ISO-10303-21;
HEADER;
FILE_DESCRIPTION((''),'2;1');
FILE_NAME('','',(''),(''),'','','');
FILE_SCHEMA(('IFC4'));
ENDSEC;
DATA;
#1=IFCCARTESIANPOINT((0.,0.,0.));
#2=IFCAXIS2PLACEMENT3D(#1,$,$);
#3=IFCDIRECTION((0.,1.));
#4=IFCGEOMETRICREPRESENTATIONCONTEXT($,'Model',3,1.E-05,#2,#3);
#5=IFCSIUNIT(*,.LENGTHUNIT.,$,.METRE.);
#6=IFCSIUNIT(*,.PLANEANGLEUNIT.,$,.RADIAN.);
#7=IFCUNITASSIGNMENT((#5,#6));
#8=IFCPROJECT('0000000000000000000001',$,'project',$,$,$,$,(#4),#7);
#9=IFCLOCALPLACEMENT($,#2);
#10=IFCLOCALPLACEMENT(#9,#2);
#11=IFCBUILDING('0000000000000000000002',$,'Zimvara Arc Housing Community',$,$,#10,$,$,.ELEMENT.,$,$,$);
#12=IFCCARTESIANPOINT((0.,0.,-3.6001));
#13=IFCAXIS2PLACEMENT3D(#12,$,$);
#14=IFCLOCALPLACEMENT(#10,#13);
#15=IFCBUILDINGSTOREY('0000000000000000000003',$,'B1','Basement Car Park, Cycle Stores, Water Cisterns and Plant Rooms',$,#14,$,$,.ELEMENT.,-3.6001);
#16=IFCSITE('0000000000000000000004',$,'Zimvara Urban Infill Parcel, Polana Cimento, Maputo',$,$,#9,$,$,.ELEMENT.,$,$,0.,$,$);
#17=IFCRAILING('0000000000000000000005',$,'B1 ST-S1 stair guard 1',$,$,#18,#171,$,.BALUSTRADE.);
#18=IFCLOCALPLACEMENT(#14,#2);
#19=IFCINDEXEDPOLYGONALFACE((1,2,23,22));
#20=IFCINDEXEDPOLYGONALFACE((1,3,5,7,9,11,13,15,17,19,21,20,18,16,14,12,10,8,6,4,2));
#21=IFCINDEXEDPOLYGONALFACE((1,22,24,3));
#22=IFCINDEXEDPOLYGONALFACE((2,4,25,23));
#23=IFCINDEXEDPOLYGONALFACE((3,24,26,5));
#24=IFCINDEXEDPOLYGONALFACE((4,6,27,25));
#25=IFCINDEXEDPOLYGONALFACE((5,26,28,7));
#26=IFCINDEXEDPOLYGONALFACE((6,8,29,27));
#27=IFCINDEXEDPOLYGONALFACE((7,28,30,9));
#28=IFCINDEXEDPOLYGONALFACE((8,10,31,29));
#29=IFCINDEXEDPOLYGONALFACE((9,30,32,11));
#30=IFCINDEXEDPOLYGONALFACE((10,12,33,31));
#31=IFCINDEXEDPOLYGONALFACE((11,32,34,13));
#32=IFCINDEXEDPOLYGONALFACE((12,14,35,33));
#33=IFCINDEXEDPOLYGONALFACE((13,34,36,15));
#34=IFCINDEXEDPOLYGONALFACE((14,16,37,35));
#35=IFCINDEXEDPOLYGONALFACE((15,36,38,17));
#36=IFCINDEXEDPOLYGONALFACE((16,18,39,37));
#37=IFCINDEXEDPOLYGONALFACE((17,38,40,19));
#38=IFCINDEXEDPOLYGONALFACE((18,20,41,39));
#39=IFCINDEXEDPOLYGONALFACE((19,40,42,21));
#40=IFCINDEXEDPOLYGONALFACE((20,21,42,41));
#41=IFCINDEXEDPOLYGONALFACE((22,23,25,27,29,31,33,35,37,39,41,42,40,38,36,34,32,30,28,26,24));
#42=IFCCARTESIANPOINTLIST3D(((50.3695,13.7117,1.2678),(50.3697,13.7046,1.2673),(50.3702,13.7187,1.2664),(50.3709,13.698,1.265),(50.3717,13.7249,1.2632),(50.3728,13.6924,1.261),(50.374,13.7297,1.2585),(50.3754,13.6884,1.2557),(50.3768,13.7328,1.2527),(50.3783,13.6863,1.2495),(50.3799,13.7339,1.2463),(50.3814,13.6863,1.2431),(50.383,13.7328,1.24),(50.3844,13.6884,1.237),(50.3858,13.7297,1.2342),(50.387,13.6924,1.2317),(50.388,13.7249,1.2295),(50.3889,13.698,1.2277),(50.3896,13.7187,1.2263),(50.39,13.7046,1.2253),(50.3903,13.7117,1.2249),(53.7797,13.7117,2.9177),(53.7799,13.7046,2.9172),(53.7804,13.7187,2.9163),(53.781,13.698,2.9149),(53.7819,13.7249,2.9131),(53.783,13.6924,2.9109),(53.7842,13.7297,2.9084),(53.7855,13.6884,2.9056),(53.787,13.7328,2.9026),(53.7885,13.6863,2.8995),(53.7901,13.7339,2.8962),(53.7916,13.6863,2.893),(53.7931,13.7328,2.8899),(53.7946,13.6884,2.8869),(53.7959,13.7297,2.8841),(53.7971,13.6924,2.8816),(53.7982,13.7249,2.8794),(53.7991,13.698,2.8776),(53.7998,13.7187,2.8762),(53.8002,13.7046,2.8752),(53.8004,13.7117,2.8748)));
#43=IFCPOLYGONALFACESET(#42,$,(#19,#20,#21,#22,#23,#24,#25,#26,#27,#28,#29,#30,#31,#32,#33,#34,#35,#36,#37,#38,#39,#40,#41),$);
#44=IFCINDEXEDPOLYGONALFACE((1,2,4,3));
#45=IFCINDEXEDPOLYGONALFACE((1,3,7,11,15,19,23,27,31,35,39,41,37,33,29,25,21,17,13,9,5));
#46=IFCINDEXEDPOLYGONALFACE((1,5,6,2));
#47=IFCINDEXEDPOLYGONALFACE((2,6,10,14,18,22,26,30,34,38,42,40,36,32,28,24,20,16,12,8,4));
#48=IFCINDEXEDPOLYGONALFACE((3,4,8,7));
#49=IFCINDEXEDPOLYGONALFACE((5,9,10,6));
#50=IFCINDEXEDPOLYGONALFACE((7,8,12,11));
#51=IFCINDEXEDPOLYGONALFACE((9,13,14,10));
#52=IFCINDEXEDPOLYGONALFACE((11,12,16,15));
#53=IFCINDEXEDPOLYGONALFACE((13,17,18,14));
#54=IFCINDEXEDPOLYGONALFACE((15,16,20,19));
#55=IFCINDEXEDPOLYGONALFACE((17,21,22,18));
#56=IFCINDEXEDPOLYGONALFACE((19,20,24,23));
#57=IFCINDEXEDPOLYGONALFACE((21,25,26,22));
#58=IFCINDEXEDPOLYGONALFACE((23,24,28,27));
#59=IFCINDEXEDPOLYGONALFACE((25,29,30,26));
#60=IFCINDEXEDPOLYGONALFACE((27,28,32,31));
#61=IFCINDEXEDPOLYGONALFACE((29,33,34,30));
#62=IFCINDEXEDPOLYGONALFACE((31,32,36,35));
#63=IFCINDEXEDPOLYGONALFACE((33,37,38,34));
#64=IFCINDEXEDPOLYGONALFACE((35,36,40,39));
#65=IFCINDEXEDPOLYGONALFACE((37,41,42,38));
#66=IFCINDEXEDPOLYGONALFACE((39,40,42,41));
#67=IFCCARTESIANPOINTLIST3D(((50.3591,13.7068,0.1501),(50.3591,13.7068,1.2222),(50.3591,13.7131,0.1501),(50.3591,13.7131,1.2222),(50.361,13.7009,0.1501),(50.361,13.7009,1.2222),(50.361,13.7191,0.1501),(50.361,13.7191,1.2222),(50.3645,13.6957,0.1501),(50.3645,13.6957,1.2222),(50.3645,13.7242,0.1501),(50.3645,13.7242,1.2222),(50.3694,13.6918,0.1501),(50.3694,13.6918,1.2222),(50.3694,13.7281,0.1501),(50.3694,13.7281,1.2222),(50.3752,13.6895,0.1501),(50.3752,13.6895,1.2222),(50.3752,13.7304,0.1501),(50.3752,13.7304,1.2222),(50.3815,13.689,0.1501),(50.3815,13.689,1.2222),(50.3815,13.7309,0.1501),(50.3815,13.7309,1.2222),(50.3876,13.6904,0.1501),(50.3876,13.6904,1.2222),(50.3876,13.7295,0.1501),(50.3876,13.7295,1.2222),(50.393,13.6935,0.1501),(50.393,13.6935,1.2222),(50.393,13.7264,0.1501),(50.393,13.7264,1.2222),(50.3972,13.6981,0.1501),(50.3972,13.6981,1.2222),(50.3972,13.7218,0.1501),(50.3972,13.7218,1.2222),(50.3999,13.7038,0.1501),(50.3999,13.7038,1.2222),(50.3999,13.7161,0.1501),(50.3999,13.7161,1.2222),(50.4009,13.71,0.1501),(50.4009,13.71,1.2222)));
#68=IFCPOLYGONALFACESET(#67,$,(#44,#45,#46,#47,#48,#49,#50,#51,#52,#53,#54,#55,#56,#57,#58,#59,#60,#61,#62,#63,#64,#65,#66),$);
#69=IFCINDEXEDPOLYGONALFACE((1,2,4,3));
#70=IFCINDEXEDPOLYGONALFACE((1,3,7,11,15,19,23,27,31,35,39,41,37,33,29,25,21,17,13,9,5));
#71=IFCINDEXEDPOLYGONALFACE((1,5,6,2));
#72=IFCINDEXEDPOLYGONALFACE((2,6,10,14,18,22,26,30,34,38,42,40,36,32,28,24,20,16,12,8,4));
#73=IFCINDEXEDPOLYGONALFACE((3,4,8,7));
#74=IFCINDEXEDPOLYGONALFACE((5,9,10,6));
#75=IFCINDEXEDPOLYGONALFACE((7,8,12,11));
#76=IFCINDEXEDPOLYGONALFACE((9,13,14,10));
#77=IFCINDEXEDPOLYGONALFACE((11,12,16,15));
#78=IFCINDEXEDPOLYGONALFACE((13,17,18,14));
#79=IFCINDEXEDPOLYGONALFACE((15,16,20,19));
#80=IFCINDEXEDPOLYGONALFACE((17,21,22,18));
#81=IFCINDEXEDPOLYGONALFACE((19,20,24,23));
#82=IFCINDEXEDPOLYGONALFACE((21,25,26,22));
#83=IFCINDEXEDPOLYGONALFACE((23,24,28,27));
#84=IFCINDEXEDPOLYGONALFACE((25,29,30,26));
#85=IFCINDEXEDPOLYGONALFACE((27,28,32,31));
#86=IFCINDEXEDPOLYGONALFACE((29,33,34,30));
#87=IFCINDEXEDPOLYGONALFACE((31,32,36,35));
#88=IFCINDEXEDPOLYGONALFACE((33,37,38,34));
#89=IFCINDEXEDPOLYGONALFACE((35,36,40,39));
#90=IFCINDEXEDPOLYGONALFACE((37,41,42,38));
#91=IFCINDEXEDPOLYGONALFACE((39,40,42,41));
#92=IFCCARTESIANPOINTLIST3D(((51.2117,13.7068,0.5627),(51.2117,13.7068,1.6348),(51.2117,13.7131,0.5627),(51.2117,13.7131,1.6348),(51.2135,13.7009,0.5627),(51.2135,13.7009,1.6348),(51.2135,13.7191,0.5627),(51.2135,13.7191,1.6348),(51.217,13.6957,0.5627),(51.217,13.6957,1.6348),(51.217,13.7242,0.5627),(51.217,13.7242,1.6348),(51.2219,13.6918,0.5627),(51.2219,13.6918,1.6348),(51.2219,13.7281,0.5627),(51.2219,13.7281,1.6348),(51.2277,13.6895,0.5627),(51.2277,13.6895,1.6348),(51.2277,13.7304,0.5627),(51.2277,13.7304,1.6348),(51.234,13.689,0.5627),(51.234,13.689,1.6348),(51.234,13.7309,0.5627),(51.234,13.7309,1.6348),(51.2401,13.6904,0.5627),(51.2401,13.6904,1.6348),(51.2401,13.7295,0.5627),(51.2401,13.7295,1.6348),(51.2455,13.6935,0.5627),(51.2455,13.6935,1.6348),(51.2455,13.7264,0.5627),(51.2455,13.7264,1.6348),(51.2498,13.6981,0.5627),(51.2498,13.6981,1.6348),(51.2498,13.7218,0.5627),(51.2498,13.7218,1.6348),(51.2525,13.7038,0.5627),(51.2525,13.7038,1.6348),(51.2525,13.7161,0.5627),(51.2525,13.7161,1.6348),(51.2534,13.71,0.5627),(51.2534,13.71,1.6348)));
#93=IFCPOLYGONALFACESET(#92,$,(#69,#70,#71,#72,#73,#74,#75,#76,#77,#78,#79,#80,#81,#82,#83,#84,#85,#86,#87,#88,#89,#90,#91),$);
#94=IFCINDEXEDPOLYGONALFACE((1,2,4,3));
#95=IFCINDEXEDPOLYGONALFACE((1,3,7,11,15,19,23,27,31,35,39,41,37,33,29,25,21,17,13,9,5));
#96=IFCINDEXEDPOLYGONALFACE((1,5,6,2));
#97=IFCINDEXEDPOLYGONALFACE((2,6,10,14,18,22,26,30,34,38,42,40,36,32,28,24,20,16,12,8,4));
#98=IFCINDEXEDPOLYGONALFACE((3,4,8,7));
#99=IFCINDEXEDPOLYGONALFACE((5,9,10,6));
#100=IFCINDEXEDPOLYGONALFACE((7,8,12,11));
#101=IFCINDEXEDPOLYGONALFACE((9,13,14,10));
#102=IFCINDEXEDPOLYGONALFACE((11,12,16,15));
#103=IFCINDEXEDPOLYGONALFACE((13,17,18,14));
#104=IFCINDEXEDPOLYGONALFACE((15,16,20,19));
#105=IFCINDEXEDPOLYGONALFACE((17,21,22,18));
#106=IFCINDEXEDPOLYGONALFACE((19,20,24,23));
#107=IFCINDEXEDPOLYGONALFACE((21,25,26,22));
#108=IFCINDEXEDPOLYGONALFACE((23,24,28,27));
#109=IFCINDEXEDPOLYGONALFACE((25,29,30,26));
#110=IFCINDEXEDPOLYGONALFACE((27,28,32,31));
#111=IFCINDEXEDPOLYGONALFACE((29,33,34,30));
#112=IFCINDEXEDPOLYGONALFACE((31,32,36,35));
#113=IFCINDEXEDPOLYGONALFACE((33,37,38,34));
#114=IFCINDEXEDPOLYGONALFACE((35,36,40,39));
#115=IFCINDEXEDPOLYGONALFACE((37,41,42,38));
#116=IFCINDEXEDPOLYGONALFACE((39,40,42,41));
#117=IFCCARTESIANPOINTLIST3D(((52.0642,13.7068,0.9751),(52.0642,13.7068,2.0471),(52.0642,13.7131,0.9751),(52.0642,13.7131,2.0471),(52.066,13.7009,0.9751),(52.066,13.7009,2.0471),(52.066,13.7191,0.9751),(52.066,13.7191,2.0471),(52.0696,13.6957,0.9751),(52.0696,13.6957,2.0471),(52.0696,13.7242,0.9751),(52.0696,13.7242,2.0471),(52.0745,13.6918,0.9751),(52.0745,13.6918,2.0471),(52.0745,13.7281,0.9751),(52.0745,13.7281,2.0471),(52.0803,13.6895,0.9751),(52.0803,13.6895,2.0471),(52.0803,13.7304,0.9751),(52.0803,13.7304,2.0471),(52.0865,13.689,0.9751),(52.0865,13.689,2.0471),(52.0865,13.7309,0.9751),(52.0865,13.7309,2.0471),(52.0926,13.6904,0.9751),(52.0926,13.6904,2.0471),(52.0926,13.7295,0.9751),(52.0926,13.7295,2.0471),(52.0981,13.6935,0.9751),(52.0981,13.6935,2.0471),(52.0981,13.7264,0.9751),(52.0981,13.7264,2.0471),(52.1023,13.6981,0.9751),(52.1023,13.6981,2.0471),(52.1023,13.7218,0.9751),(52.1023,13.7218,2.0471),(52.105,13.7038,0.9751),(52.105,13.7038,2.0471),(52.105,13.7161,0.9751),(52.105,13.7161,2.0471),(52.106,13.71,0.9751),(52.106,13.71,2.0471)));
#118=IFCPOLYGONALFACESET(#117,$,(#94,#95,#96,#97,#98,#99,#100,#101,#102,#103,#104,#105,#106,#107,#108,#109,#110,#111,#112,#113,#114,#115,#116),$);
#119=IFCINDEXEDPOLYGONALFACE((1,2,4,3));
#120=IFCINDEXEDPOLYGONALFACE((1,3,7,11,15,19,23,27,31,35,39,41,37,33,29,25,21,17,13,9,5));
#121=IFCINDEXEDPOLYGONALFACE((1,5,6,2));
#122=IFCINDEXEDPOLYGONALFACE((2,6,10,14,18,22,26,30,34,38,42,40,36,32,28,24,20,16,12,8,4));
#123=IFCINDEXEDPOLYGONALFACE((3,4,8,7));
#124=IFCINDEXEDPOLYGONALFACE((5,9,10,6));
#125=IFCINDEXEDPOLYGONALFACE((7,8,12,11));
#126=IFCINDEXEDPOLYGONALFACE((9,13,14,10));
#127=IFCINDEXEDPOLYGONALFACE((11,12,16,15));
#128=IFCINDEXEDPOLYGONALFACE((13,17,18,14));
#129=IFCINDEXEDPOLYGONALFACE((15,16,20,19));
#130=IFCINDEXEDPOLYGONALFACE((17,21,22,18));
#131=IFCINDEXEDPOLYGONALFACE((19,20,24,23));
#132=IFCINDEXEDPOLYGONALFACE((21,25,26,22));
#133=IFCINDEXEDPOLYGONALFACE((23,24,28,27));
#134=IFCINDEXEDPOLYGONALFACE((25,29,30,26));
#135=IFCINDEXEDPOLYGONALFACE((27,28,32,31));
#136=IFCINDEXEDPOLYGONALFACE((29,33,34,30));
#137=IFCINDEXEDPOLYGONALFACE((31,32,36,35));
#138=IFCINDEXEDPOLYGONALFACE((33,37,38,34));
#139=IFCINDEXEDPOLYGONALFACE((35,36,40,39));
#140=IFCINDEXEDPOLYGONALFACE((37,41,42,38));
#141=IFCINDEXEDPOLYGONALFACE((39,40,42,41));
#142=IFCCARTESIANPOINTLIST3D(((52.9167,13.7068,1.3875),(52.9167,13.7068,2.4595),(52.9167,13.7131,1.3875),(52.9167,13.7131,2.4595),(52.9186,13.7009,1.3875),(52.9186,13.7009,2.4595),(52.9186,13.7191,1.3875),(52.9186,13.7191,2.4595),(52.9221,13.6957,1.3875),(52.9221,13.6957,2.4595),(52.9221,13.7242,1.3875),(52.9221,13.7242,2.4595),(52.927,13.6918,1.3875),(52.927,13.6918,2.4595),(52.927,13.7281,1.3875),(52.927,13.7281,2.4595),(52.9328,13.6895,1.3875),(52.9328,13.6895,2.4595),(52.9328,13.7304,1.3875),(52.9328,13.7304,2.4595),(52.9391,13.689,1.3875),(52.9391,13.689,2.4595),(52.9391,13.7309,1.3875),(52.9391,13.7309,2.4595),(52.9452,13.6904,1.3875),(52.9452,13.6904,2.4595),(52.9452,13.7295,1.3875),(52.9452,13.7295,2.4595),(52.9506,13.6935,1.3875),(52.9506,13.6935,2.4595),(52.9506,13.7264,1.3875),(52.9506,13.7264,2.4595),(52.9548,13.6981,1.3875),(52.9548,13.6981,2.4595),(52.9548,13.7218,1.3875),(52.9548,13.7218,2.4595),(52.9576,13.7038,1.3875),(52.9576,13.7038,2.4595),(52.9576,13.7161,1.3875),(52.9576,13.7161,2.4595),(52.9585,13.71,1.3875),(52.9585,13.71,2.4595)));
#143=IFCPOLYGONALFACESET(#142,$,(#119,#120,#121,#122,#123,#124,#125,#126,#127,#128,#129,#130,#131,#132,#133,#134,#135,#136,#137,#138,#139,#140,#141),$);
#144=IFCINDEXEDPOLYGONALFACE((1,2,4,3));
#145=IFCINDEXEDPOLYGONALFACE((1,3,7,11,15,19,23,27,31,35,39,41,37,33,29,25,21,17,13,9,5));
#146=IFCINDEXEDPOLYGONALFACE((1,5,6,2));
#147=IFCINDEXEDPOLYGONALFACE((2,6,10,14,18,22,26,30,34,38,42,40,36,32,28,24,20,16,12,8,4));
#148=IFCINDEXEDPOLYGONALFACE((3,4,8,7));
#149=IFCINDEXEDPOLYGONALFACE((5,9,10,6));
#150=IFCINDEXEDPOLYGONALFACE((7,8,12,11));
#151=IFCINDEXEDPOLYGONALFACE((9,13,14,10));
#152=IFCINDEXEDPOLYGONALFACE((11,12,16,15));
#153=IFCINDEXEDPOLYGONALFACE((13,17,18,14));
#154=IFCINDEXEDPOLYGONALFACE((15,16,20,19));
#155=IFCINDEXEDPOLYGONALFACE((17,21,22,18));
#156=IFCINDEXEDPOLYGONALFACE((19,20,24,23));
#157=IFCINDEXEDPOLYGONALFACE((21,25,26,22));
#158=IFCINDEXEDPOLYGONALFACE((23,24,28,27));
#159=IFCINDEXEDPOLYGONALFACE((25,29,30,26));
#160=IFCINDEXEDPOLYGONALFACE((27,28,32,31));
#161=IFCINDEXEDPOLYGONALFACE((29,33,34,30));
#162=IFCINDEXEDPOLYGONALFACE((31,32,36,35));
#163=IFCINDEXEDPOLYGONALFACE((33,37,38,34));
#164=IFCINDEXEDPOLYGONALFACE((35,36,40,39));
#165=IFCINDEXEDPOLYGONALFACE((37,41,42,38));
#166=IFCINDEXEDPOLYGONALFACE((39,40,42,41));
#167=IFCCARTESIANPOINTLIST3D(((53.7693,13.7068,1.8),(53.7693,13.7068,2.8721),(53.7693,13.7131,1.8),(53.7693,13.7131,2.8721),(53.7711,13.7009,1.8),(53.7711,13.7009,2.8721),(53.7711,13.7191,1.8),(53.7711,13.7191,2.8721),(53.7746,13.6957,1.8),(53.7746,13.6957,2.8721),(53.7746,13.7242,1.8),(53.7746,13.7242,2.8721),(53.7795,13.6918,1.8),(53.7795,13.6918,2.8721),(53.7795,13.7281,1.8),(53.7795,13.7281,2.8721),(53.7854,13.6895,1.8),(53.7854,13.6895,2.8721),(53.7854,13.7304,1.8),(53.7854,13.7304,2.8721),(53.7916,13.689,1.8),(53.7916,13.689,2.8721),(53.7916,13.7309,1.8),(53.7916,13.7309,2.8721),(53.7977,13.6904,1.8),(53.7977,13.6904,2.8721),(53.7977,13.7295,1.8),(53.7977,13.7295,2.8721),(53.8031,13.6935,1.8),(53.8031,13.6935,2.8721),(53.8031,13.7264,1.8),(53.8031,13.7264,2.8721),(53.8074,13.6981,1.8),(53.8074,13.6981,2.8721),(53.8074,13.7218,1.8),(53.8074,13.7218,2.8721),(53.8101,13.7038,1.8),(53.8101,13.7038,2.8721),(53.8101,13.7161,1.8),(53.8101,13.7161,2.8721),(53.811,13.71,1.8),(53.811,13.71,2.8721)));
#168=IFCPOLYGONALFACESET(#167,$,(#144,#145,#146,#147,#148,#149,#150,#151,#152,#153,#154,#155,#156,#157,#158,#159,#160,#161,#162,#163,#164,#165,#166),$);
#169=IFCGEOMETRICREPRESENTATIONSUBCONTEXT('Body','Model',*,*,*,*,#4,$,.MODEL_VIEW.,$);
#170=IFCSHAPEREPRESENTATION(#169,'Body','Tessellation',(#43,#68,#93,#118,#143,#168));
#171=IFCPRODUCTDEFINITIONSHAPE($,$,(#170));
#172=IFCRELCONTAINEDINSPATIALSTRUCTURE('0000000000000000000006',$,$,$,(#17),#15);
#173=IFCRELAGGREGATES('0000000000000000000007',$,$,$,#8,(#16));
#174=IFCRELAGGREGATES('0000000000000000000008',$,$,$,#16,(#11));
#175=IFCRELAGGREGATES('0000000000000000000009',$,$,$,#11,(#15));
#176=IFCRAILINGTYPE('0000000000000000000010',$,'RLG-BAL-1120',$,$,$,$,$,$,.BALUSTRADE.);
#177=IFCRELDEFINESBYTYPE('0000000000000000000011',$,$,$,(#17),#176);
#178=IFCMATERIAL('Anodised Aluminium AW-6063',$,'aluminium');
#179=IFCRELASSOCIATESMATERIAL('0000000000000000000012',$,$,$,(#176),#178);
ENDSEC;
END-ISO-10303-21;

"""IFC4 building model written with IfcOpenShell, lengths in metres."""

from ifc_helpers import new_model, si_unit, direction, frame, origin, origin_2d, place, context, subcontext, project, spatial, circle, extrude, material, type_object, element, save


model = new_model("IFC4")

# Units and contexts
model_context = context("Model", 3, precision=1e-05, world=origin(), true_north=direction((0.0, 1.0)))
body_context = subcontext(model_context, "Body", "Model", "MODEL_VIEW")
ifc_project = project(units=[si_unit("LENGTHUNIT", "METRE"), si_unit("PLANEANGLEUNIT", "RADIAN")], contexts=[model_context])

# Site, building, storey
site_placement = place(None, origin())
site = spatial("IfcSite", under=ifc_project, at=site_placement, Name="Zimvara Urban Infill Parcel, Polana Cimento, Maputo", CompositionType="ELEMENT", RefElevation=0.0)
building_placement = place(site_placement, origin())
building = spatial("IfcBuilding", under=site, at=building_placement, Name="Zimvara Arc Housing Community", CompositionType="ELEMENT")
storey_placement = place(building_placement, frame((0.0, 0.0, -3.6001)))
storey = spatial("IfcBuildingStorey", under=building, at=storey_placement, Name="B1", Description="Basement Car Park, Cycle Stores, Water Cisterns and Plant Rooms", CompositionType="ELEMENT", Elevation=-3.6001)

# Railing
ifc_material_1 = material(Name="Anodised Aluminium AW-6063", Category="aluminium")
railing_type_1 = type_object("IfcRailingType", Name="RLG-BAL-1120", PredefinedType="BALUSTRADE", material=ifc_material_1)
railing_1_placement = place(storey_placement, frame((50.3799, 13.71, 0.1501)))
element("IfcRailing", 1, at=railing_1_placement, inside=storey, type_object=railing_type_1, Name="B1 ST-S1 stair guard 1", PredefinedType="BALUSTRADE", context=body_context, shape_type="SweptSolid", body=[
    extrude(circle(Radius=0.0239, at=origin_2d()), frame((0.0, 0.0, 1.0962), z_axis=(0.900177, 0.0, 0.435524), x_axis=(0.0, 1.0, 0.0)), (0.0, 0.0, 1.0), 3.7883),
    extrude(circle(Radius=0.021, at=origin_2d()), origin(), (0.0, 0.0, 1.0), 1.072),
    extrude(circle(Radius=0.021, at=origin_2d()), frame((0.8525, 0.0, 0.4126)), (0.0, 0.0, 1.0), 1.072),
    extrude(circle(Radius=0.021, at=origin_2d()), frame((1.7051, 0.0, 0.825)), (0.0, 0.0, 1.0), 1.072),
    extrude(circle(Radius=0.021, at=origin_2d()), frame((2.5576, 0.0, 1.2373)), (0.0, 0.0, 1.0), 1.072),
    extrude(circle(Radius=0.021, at=origin_2d()), frame((3.4102, 0.0, 1.6499)), (0.0, 0.0, 1.0), 1.072),
])

save(model, "model.ifc")
